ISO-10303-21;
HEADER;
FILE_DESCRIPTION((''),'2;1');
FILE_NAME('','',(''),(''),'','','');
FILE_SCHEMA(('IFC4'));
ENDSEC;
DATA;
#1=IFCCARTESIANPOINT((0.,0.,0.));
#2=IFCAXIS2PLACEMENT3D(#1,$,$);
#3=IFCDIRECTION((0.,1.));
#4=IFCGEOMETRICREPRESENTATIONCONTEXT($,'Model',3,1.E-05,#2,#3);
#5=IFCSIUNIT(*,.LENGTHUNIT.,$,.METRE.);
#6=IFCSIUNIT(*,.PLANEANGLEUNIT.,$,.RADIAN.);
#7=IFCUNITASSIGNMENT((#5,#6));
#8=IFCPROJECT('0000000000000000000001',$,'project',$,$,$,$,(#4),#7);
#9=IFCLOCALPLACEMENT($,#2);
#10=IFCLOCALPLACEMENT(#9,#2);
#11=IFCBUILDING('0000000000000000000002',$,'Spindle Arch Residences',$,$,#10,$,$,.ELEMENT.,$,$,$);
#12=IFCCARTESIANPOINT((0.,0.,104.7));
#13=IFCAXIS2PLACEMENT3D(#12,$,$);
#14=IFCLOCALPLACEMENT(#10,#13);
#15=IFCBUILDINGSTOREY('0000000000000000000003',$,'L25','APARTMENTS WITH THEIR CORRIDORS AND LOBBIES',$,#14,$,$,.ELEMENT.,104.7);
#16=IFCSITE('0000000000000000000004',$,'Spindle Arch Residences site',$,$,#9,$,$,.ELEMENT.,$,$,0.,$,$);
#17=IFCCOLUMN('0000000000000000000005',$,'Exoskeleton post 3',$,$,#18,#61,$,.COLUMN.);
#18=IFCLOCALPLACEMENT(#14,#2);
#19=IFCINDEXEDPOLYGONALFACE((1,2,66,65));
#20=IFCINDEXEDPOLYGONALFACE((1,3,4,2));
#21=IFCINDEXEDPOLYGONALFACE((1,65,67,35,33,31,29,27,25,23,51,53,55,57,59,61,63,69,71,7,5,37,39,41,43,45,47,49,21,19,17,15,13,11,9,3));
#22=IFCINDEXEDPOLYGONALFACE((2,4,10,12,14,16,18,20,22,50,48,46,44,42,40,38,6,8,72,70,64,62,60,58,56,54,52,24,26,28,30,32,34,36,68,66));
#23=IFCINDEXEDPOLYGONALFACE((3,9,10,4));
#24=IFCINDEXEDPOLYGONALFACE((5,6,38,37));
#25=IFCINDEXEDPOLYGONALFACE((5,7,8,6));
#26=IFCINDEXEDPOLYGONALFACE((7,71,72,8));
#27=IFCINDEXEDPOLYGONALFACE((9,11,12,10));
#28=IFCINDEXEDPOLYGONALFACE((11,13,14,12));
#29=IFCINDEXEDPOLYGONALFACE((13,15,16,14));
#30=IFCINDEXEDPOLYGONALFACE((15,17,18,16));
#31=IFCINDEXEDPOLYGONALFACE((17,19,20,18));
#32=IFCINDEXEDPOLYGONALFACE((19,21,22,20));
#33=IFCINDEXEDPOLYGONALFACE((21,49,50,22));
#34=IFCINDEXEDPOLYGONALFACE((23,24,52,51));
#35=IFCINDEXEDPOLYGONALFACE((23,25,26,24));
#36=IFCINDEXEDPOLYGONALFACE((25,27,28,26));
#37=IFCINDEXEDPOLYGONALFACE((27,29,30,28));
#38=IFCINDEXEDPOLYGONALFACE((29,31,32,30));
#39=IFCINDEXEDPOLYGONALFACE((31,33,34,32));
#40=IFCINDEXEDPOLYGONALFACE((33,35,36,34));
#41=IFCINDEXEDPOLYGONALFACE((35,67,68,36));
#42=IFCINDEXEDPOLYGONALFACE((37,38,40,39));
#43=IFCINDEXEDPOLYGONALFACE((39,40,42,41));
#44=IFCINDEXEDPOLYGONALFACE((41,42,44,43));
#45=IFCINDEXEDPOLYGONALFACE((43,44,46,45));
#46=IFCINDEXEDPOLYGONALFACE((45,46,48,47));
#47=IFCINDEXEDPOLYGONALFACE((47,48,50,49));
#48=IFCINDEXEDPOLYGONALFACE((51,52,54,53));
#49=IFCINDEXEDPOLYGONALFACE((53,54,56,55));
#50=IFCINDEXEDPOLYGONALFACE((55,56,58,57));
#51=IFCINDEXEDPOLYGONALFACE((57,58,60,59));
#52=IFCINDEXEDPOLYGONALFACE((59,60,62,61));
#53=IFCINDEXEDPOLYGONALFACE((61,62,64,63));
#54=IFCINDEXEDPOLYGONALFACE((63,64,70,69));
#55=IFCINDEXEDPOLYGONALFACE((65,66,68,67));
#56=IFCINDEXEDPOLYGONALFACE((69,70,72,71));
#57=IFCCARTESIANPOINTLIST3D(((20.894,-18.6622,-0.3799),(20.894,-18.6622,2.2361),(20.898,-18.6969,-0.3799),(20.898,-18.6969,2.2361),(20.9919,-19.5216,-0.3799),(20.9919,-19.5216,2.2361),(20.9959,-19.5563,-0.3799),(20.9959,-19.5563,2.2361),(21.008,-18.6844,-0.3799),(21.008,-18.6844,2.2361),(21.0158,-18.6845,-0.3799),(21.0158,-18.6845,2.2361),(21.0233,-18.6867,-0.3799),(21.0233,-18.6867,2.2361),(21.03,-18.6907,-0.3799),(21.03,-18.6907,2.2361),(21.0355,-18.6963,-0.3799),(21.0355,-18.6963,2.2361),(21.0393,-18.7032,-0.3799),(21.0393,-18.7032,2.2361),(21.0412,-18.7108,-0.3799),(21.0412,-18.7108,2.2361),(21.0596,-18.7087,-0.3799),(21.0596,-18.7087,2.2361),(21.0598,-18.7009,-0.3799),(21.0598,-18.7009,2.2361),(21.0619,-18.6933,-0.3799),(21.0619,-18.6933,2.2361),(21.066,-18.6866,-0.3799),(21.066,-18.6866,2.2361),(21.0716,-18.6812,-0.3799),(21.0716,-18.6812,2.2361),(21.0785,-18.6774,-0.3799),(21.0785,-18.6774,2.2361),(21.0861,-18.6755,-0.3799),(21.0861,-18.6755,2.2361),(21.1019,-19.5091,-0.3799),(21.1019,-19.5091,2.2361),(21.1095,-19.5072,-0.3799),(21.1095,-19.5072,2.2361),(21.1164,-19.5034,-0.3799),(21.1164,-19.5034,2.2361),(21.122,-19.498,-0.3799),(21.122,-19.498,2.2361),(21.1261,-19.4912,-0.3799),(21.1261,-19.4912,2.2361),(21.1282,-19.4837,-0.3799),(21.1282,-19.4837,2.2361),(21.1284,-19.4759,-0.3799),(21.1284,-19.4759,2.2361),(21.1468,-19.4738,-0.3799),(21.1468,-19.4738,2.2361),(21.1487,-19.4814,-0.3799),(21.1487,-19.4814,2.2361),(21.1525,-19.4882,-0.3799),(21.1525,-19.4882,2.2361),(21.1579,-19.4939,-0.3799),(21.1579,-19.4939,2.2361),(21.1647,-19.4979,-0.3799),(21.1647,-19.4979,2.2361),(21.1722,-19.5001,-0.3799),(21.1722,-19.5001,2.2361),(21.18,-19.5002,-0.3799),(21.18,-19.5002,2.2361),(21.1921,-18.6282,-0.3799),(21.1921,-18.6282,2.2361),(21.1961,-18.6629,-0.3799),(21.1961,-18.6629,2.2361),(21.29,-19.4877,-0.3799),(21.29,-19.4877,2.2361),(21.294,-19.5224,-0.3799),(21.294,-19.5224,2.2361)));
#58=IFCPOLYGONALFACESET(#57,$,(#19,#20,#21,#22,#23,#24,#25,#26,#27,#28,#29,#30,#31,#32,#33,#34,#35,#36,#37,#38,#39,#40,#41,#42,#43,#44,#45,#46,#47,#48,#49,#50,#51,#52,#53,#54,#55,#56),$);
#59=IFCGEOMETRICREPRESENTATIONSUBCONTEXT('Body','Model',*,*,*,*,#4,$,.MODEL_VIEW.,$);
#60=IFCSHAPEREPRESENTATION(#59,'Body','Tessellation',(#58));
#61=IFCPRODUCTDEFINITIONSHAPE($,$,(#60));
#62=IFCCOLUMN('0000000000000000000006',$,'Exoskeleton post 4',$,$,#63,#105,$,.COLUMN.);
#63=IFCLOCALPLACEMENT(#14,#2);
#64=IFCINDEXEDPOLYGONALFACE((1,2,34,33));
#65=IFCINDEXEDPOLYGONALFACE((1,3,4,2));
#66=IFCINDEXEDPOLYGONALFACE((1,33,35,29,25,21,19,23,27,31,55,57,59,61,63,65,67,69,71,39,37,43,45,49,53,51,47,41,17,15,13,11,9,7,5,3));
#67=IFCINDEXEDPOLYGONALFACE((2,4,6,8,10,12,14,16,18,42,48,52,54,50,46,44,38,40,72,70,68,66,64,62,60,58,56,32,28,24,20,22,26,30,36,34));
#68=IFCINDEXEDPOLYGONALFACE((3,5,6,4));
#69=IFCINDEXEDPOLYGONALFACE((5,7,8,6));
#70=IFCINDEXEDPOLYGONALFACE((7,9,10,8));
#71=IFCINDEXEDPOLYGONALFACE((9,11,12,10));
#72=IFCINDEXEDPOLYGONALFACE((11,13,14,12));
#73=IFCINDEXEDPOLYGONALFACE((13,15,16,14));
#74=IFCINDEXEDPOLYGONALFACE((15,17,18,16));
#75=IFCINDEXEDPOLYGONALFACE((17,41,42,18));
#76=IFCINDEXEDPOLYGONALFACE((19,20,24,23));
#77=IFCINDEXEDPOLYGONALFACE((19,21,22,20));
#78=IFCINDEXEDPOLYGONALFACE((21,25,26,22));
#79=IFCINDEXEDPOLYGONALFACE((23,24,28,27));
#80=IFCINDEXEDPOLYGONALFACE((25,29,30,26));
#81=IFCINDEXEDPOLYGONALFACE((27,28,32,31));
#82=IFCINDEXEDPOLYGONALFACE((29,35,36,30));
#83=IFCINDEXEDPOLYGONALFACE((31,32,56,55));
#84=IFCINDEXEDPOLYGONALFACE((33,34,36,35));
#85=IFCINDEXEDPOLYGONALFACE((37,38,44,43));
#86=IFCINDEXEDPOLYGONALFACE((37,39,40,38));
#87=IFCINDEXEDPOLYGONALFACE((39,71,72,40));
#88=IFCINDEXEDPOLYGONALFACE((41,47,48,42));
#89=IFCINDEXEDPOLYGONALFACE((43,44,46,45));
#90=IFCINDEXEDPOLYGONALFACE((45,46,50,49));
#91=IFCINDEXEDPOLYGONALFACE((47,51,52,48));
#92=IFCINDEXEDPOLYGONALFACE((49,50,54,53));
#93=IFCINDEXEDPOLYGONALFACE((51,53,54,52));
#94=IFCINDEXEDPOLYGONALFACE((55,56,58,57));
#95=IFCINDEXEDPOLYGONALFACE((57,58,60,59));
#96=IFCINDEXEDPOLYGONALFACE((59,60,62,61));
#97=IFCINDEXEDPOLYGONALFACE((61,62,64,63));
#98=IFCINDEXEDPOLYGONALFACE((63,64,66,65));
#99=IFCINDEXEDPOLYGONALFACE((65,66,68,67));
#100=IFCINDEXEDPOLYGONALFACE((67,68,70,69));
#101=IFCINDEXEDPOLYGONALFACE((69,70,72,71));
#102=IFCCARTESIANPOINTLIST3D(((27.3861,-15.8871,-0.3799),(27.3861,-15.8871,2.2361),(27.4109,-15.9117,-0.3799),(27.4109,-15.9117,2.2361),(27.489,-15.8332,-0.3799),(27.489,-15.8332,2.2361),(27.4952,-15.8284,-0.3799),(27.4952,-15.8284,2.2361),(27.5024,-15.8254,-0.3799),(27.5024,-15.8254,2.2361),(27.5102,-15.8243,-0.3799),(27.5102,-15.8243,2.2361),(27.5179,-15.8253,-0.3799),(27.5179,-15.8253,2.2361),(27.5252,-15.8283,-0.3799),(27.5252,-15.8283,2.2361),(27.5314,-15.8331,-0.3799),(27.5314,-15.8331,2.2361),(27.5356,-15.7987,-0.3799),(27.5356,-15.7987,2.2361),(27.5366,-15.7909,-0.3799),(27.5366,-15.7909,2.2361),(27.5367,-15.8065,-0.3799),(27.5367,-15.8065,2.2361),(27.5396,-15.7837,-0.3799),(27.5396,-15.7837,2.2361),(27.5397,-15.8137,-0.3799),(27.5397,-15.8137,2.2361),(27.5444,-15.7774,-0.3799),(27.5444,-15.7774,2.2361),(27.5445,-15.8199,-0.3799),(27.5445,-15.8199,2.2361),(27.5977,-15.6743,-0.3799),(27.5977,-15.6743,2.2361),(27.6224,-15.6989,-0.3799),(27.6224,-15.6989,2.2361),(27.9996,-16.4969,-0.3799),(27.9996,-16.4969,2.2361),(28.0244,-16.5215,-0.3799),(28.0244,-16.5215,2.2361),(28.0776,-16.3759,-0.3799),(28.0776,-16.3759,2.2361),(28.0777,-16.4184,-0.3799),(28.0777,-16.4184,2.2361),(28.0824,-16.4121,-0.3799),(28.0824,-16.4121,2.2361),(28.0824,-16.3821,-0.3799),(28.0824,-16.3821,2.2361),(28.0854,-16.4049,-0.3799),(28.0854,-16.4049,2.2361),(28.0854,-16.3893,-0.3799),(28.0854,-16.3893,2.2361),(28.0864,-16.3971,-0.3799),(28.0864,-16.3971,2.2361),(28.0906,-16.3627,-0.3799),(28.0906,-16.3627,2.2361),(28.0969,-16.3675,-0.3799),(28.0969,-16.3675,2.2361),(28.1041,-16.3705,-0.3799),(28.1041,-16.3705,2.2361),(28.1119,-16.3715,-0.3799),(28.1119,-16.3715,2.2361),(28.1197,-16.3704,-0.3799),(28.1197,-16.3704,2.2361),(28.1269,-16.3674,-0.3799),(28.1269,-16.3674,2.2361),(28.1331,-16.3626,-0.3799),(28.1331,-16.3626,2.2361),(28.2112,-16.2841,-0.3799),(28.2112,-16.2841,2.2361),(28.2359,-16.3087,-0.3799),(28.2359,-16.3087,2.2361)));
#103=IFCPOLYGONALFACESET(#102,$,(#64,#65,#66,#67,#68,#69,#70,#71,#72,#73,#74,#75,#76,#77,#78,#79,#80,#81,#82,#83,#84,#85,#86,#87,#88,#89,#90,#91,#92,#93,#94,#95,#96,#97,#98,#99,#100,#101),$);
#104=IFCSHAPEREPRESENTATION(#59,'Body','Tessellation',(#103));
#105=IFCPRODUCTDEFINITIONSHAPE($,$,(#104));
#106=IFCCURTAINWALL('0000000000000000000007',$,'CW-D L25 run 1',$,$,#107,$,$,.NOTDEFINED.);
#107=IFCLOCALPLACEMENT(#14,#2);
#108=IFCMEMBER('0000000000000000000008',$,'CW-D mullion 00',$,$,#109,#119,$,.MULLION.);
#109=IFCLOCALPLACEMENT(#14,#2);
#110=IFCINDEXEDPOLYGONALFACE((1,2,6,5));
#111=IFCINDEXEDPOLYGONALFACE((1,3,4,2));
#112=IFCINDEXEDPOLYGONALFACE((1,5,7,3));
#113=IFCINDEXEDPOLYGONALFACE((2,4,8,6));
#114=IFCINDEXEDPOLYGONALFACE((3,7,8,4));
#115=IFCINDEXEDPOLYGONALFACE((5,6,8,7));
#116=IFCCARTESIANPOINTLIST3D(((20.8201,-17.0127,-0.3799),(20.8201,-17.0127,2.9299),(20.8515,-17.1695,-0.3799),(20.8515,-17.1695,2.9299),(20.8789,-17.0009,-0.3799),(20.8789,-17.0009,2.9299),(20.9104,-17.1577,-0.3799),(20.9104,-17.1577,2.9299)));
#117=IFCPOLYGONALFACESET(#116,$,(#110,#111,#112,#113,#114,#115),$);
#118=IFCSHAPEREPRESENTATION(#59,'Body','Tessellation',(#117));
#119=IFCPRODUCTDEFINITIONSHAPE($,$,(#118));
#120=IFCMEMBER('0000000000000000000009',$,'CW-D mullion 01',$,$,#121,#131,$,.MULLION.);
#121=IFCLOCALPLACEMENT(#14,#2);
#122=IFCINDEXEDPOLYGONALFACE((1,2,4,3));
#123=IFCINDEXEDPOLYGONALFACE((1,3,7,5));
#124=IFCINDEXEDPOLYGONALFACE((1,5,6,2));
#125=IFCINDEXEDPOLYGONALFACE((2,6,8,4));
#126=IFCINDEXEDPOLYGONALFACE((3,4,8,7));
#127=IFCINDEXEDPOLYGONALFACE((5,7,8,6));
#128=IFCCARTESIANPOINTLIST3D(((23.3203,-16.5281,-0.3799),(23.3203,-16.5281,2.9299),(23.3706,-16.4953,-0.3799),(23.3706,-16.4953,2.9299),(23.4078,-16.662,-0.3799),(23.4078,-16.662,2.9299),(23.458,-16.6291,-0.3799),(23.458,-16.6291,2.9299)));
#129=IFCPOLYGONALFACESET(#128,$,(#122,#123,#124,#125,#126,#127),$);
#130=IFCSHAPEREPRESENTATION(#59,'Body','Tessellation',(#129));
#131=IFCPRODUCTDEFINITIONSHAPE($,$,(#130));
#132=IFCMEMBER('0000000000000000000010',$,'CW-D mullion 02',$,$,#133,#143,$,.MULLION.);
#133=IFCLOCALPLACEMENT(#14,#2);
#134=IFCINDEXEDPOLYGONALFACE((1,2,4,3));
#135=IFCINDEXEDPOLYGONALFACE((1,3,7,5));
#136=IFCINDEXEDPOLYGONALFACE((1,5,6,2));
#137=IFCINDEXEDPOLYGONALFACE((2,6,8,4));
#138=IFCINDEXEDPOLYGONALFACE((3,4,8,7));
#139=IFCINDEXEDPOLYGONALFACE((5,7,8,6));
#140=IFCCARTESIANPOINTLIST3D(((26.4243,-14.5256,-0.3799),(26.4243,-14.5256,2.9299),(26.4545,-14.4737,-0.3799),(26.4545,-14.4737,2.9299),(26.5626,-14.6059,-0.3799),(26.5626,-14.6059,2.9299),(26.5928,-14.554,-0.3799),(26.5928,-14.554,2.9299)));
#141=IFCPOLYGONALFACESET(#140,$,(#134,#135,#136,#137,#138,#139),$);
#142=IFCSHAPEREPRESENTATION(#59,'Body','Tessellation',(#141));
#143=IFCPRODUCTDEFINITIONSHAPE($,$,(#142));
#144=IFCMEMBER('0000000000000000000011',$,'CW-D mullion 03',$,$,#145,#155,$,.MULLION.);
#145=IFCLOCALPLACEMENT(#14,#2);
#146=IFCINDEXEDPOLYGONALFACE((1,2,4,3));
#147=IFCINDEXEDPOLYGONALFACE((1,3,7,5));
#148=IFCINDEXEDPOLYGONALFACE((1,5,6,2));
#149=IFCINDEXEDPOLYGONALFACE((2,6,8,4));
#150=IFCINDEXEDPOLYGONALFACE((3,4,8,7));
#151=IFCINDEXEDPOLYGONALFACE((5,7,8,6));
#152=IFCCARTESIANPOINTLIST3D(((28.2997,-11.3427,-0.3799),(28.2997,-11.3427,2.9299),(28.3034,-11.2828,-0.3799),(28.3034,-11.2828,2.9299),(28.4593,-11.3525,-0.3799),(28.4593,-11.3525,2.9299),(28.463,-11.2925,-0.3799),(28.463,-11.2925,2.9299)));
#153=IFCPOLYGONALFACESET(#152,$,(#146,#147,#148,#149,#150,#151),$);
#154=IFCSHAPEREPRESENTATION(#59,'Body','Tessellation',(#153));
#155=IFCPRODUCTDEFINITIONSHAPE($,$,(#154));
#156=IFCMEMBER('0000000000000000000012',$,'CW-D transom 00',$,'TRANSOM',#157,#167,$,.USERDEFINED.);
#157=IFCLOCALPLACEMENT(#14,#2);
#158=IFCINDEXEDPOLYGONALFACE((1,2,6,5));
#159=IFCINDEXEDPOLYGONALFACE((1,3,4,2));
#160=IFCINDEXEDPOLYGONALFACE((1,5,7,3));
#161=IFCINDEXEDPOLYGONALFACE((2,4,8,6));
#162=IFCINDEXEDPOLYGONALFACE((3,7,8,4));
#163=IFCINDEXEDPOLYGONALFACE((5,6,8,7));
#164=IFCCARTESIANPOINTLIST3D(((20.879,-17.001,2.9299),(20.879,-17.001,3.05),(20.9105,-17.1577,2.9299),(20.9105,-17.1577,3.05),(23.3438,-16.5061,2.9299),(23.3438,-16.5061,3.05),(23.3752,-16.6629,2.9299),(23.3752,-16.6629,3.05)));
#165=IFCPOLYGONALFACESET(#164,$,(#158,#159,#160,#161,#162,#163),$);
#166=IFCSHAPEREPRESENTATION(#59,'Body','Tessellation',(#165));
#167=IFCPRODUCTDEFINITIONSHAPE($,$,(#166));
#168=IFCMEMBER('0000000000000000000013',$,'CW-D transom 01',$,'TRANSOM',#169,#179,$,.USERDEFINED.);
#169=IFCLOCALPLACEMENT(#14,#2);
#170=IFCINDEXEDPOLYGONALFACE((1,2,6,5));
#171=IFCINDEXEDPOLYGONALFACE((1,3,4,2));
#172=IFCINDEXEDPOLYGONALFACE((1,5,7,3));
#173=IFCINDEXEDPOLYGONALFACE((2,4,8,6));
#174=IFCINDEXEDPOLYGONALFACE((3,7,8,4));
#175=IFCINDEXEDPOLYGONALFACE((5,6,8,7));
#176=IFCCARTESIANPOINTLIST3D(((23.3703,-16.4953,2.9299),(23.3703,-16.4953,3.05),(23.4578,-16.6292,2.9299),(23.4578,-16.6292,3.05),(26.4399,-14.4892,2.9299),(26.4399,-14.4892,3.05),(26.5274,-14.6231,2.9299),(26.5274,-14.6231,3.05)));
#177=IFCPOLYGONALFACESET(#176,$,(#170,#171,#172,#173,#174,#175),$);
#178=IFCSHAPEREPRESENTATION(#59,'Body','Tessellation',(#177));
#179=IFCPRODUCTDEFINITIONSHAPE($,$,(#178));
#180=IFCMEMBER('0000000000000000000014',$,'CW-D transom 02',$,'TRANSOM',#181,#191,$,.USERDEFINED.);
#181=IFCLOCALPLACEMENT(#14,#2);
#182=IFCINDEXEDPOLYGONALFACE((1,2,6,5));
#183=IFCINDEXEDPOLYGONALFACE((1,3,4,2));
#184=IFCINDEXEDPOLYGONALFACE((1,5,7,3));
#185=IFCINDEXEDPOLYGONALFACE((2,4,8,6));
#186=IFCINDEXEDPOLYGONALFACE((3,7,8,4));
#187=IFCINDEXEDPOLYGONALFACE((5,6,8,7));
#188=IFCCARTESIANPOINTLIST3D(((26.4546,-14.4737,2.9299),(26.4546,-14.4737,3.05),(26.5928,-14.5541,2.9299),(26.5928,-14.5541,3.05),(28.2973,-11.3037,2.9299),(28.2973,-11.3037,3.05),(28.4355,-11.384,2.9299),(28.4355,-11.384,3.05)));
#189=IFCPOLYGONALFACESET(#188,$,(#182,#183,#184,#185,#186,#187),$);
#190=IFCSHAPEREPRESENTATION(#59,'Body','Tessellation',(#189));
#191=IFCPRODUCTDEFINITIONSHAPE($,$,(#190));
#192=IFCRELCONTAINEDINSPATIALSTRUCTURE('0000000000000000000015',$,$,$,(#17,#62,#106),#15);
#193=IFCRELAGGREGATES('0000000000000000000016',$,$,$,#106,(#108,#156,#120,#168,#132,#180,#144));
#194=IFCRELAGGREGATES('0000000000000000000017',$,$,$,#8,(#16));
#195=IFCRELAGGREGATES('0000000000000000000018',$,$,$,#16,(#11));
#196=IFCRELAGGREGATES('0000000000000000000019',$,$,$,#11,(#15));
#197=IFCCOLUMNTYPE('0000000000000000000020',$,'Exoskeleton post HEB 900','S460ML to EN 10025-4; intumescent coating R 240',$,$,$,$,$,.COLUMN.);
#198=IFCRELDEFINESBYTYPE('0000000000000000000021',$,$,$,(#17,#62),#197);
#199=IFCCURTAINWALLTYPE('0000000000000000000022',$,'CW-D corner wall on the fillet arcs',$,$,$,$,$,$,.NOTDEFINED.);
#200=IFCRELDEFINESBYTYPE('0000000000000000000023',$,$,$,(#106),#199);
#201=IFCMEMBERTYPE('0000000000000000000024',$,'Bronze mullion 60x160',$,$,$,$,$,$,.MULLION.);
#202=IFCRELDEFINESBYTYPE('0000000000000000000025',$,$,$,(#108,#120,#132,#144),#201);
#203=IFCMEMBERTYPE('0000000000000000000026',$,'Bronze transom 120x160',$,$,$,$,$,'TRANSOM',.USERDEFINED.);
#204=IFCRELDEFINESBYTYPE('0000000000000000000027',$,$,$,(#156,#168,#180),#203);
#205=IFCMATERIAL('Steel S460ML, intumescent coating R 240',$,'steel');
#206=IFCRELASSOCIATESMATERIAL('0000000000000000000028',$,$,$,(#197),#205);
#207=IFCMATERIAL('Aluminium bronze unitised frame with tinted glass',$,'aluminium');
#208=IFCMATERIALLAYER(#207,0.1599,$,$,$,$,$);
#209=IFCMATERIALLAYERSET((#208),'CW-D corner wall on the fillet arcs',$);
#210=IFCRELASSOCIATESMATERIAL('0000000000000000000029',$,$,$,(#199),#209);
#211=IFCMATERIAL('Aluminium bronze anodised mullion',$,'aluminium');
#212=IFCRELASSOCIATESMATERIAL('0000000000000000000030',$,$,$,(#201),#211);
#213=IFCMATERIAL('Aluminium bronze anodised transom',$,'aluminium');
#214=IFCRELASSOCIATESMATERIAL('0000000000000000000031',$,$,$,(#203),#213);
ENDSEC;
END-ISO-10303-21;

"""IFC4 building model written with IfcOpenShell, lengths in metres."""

from ifc_helpers import new_model, si_unit, direction, frame, origin, origin_2d, place, context, subcontext, project, spatial, rectangle, i_section, extrude, material, layer, layer_set, material_profile, profile_set, type_object, element, aggregate, save


model = new_model("IFC4")

# Units and contexts
model_context = context("Model", 3, precision=1e-05, world=origin(), true_north=direction((0.0, 1.0)))
body_context = subcontext(model_context, "Body", "Model", "MODEL_VIEW")
ifc_project = project(units=[si_unit("LENGTHUNIT", "METRE"), si_unit("PLANEANGLEUNIT", "RADIAN")], contexts=[model_context])

# Site, building, storey
site_placement = place(None, origin())
site = spatial("IfcSite", under=ifc_project, at=site_placement, Name="Spindle Arch Residences site", CompositionType="ELEMENT", RefElevation=0.0)
building_placement = place(site_placement, origin())
building = spatial("IfcBuilding", under=site, at=building_placement, Name="Spindle Arch Residences", CompositionType="ELEMENT")
storey_placement = place(building_placement, frame((0.0, 0.0, 104.7)))
storey = spatial("IfcBuildingStorey", under=building, at=storey_placement, Name="L25", Description="APARTMENTS WITH THEIR CORRIDORS AND LOBBIES", CompositionType="ELEMENT", Elevation=104.7)

# Columns
ifc_material_1 = material(Name="Steel S460ML, intumescent coating R 240", Category="steel")
ifc_material_profile_1 = material_profile(ifc_material_1, i_section(OverallWidth=0.3, OverallDepth=0.8999, WebThickness=0.0186, FlangeThickness=0.0349, FilletRadius=0.03, at=origin_2d()), Name="HEB 900")
ifc_profile_set_1 = profile_set([ifc_material_profile_1], Name="Steel S460ML, intumescent coating R 240")
column_type = type_object("IfcColumnType", Name="Exoskeleton post HEB 900", Description="S460ML to EN 10025-4; intumescent coating R 240", PredefinedType="COLUMN", material=ifc_profile_set_1)
for number, where, z_axis, x_axis, name in (
    (1, (21.094, -19.0923, -0.3799), (0.0, 0.0, 1.0), (-0.993572, -0.113203, 0.0), "Exoskeleton post 3"),
    (2, (27.811, -16.0979, -0.3799), (0.0, 0.0, 1.0), (-0.704963, -0.709244, 0.0), "Exoskeleton post 4"),
):
    element("IfcColumn", number, at=place(storey_placement, frame(where, z_axis=z_axis, x_axis=x_axis)), inside=storey, type_object=column_type, Name=name, PredefinedType="COLUMN", context=body_context, shape_type="SweptSolid", body=[
        extrude(i_section(OverallWidth=0.3, OverallDepth=0.8999, WebThickness=0.0186, FlangeThickness=0.0349, FilletRadius=0.03, at=origin_2d()), origin(), (0.0, 0.0, 1.0), 2.616),
    ])

# Curtain wall, members
ifc_material_2 = material(Name="Aluminium bronze unitised frame with tinted glass", Category="aluminium")
ifc_layer_1 = layer(ifc_material_2, 0.1599)
ifc_layer_set_1 = layer_set([ifc_layer_1], Name="CW-D corner wall on the fillet arcs")
curtain_wall_type = type_object("IfcCurtainWallType", Name="CW-D corner wall on the fillet arcs", PredefinedType="NOTDEFINED", material=ifc_layer_set_1)
curtain_wall_placement = place(storey_placement, origin())
curtain_wall = element("IfcCurtainWall", 3, at=curtain_wall_placement, inside=storey, type_object=curtain_wall_type, Name="CW-D L25 run 1", PredefinedType="NOTDEFINED")
ifc_material_3 = material(Name="Aluminium bronze anodised mullion", Category="aluminium")
ifc_material_profile_2 = material_profile(ifc_material_3, rectangle(XDim=0.1599, YDim=0.0601, at=origin_2d()), Name="MU 60x160")
ifc_profile_set_2 = profile_set([ifc_material_profile_2], Name="Aluminium bronze anodised mullion")
member_type_1 = type_object("IfcMemberType", Name="Bronze mullion 60x160", PredefinedType="MULLION", material=ifc_profile_set_2)
member_1_placement = place(storey_placement, frame((20.8652, -17.0852, -0.3799), z_axis=(0.0, 0.0, 1.0), x_axis=(-0.196863, 0.980431, 0.0)))
member_1 = element("IfcMember", 4, at=member_1_placement, type_object=member_type_1, Name="CW-D mullion 00", PredefinedType="MULLION", context=body_context, shape_type="SweptSolid", body=[
    extrude(rectangle(XDim=0.1599, YDim=0.0601, at=origin_2d()), origin(), (0.0, 0.0, 1.0), 3.3098),
])
member_2_placement = place(storey_placement, frame((23.3892, -16.5786, -0.3799), z_axis=(0.0, 0.0, 1.0), x_axis=(-0.547076, 0.837083, 0.0)))
member_2 = element("IfcMember", 5, at=member_2_placement, type_object=member_type_1, Name="CW-D mullion 01", PredefinedType="MULLION", context=body_context, shape_type="SweptSolid", body=[
    extrude(rectangle(XDim=0.1599, YDim=0.0601, at=origin_2d()), origin(), (0.0, 0.0, 1.0), 3.3098),
])
member_3_placement = place(storey_placement, frame((26.5085, -14.5398, -0.3799), z_axis=(0.0, 0.0, 1.0), x_axis=(-0.864567, 0.502517, 0.0)))
member_3 = element("IfcMember", 6, at=member_3_placement, type_object=member_type_1, Name="CW-D mullion 02", PredefinedType="MULLION", context=body_context, shape_type="SweptSolid", body=[
    extrude(rectangle(XDim=0.1599, YDim=0.0601, at=origin_2d()), origin(), (0.0, 0.0, 1.0), 3.3098),
])
member_4_placement = place(storey_placement, frame((28.3813, -11.3176, -0.3799), z_axis=(0.0, 0.0, 1.0), x_axis=(-0.998135, 0.061049, 0.0)))
member_4 = element("IfcMember", 7, at=member_4_placement, type_object=member_type_1, Name="CW-D mullion 03", PredefinedType="MULLION", context=body_context, shape_type="SweptSolid", body=[
    extrude(rectangle(XDim=0.1599, YDim=0.0601, at=origin_2d()), origin(), (0.0, 0.0, 1.0), 3.3098),
])
ifc_material_4 = material(Name="Aluminium bronze anodised transom", Category="aluminium")
ifc_material_profile_3 = material_profile(ifc_material_4, rectangle(XDim=0.1599, YDim=0.1201, at=origin_2d()), Name="TR 120x160")
ifc_profile_set_3 = profile_set([ifc_material_profile_3], Name="Aluminium bronze anodised transom")
member_type_2 = type_object("IfcMemberType", Name="Bronze transom 120x160", ElementType="TRANSOM", PredefinedType="USERDEFINED", material=ifc_profile_set_3)
member_5_placement = place(storey_placement, frame((20.8948, -17.0793, 2.99), z_axis=(0.980435, 0.196844, 0.0), x_axis=(-0.196844, 0.980435, 0.0)))
member_5 = element("IfcMember", 8, at=member_5_placement, type_object=member_type_2, Name="CW-D transom 00", ObjectType="TRANSOM", PredefinedType="USERDEFINED", context=body_context, shape_type="SweptSolid", body=[
    extrude(rectangle(XDim=0.1599, YDim=0.1201, at=origin_2d()), origin(), (0.0, 0.0, 1.0), 2.5139),
])
member_6_placement = place(storey_placement, frame((23.4141, -16.5623, 2.99), z_axis=(0.837086, 0.547072, 0.0), x_axis=(-0.547072, 0.837086, 0.0)))
member_6 = element("IfcMember", 9, at=member_6_placement, type_object=member_type_2, Name="CW-D transom 01", ObjectType="TRANSOM", PredefinedType="USERDEFINED", context=body_context, shape_type="SweptSolid", body=[
    extrude(rectangle(XDim=0.1599, YDim=0.1201, at=origin_2d()), origin(), (0.0, 0.0, 1.0), 3.667),
])
member_7_placement = place(storey_placement, frame((26.5237, -14.5139, 2.99), z_axis=(0.50255, 0.864548, 0.0), x_axis=(-0.864548, 0.50255, 0.0)))
member_7 = element("IfcMember", 10, at=member_7_placement, type_object=member_type_2, Name="CW-D transom 02", ObjectType="TRANSOM", PredefinedType="USERDEFINED", context=body_context, shape_type="SweptSolid", body=[
    extrude(rectangle(XDim=0.1599, YDim=0.1201, at=origin_2d()), origin(), (0.0, 0.0, 1.0), 3.6667),
])

aggregate(curtain_wall, [member_1, member_5, member_2, member_6, member_3, member_7, member_4])

save(model, "model.ifc")
